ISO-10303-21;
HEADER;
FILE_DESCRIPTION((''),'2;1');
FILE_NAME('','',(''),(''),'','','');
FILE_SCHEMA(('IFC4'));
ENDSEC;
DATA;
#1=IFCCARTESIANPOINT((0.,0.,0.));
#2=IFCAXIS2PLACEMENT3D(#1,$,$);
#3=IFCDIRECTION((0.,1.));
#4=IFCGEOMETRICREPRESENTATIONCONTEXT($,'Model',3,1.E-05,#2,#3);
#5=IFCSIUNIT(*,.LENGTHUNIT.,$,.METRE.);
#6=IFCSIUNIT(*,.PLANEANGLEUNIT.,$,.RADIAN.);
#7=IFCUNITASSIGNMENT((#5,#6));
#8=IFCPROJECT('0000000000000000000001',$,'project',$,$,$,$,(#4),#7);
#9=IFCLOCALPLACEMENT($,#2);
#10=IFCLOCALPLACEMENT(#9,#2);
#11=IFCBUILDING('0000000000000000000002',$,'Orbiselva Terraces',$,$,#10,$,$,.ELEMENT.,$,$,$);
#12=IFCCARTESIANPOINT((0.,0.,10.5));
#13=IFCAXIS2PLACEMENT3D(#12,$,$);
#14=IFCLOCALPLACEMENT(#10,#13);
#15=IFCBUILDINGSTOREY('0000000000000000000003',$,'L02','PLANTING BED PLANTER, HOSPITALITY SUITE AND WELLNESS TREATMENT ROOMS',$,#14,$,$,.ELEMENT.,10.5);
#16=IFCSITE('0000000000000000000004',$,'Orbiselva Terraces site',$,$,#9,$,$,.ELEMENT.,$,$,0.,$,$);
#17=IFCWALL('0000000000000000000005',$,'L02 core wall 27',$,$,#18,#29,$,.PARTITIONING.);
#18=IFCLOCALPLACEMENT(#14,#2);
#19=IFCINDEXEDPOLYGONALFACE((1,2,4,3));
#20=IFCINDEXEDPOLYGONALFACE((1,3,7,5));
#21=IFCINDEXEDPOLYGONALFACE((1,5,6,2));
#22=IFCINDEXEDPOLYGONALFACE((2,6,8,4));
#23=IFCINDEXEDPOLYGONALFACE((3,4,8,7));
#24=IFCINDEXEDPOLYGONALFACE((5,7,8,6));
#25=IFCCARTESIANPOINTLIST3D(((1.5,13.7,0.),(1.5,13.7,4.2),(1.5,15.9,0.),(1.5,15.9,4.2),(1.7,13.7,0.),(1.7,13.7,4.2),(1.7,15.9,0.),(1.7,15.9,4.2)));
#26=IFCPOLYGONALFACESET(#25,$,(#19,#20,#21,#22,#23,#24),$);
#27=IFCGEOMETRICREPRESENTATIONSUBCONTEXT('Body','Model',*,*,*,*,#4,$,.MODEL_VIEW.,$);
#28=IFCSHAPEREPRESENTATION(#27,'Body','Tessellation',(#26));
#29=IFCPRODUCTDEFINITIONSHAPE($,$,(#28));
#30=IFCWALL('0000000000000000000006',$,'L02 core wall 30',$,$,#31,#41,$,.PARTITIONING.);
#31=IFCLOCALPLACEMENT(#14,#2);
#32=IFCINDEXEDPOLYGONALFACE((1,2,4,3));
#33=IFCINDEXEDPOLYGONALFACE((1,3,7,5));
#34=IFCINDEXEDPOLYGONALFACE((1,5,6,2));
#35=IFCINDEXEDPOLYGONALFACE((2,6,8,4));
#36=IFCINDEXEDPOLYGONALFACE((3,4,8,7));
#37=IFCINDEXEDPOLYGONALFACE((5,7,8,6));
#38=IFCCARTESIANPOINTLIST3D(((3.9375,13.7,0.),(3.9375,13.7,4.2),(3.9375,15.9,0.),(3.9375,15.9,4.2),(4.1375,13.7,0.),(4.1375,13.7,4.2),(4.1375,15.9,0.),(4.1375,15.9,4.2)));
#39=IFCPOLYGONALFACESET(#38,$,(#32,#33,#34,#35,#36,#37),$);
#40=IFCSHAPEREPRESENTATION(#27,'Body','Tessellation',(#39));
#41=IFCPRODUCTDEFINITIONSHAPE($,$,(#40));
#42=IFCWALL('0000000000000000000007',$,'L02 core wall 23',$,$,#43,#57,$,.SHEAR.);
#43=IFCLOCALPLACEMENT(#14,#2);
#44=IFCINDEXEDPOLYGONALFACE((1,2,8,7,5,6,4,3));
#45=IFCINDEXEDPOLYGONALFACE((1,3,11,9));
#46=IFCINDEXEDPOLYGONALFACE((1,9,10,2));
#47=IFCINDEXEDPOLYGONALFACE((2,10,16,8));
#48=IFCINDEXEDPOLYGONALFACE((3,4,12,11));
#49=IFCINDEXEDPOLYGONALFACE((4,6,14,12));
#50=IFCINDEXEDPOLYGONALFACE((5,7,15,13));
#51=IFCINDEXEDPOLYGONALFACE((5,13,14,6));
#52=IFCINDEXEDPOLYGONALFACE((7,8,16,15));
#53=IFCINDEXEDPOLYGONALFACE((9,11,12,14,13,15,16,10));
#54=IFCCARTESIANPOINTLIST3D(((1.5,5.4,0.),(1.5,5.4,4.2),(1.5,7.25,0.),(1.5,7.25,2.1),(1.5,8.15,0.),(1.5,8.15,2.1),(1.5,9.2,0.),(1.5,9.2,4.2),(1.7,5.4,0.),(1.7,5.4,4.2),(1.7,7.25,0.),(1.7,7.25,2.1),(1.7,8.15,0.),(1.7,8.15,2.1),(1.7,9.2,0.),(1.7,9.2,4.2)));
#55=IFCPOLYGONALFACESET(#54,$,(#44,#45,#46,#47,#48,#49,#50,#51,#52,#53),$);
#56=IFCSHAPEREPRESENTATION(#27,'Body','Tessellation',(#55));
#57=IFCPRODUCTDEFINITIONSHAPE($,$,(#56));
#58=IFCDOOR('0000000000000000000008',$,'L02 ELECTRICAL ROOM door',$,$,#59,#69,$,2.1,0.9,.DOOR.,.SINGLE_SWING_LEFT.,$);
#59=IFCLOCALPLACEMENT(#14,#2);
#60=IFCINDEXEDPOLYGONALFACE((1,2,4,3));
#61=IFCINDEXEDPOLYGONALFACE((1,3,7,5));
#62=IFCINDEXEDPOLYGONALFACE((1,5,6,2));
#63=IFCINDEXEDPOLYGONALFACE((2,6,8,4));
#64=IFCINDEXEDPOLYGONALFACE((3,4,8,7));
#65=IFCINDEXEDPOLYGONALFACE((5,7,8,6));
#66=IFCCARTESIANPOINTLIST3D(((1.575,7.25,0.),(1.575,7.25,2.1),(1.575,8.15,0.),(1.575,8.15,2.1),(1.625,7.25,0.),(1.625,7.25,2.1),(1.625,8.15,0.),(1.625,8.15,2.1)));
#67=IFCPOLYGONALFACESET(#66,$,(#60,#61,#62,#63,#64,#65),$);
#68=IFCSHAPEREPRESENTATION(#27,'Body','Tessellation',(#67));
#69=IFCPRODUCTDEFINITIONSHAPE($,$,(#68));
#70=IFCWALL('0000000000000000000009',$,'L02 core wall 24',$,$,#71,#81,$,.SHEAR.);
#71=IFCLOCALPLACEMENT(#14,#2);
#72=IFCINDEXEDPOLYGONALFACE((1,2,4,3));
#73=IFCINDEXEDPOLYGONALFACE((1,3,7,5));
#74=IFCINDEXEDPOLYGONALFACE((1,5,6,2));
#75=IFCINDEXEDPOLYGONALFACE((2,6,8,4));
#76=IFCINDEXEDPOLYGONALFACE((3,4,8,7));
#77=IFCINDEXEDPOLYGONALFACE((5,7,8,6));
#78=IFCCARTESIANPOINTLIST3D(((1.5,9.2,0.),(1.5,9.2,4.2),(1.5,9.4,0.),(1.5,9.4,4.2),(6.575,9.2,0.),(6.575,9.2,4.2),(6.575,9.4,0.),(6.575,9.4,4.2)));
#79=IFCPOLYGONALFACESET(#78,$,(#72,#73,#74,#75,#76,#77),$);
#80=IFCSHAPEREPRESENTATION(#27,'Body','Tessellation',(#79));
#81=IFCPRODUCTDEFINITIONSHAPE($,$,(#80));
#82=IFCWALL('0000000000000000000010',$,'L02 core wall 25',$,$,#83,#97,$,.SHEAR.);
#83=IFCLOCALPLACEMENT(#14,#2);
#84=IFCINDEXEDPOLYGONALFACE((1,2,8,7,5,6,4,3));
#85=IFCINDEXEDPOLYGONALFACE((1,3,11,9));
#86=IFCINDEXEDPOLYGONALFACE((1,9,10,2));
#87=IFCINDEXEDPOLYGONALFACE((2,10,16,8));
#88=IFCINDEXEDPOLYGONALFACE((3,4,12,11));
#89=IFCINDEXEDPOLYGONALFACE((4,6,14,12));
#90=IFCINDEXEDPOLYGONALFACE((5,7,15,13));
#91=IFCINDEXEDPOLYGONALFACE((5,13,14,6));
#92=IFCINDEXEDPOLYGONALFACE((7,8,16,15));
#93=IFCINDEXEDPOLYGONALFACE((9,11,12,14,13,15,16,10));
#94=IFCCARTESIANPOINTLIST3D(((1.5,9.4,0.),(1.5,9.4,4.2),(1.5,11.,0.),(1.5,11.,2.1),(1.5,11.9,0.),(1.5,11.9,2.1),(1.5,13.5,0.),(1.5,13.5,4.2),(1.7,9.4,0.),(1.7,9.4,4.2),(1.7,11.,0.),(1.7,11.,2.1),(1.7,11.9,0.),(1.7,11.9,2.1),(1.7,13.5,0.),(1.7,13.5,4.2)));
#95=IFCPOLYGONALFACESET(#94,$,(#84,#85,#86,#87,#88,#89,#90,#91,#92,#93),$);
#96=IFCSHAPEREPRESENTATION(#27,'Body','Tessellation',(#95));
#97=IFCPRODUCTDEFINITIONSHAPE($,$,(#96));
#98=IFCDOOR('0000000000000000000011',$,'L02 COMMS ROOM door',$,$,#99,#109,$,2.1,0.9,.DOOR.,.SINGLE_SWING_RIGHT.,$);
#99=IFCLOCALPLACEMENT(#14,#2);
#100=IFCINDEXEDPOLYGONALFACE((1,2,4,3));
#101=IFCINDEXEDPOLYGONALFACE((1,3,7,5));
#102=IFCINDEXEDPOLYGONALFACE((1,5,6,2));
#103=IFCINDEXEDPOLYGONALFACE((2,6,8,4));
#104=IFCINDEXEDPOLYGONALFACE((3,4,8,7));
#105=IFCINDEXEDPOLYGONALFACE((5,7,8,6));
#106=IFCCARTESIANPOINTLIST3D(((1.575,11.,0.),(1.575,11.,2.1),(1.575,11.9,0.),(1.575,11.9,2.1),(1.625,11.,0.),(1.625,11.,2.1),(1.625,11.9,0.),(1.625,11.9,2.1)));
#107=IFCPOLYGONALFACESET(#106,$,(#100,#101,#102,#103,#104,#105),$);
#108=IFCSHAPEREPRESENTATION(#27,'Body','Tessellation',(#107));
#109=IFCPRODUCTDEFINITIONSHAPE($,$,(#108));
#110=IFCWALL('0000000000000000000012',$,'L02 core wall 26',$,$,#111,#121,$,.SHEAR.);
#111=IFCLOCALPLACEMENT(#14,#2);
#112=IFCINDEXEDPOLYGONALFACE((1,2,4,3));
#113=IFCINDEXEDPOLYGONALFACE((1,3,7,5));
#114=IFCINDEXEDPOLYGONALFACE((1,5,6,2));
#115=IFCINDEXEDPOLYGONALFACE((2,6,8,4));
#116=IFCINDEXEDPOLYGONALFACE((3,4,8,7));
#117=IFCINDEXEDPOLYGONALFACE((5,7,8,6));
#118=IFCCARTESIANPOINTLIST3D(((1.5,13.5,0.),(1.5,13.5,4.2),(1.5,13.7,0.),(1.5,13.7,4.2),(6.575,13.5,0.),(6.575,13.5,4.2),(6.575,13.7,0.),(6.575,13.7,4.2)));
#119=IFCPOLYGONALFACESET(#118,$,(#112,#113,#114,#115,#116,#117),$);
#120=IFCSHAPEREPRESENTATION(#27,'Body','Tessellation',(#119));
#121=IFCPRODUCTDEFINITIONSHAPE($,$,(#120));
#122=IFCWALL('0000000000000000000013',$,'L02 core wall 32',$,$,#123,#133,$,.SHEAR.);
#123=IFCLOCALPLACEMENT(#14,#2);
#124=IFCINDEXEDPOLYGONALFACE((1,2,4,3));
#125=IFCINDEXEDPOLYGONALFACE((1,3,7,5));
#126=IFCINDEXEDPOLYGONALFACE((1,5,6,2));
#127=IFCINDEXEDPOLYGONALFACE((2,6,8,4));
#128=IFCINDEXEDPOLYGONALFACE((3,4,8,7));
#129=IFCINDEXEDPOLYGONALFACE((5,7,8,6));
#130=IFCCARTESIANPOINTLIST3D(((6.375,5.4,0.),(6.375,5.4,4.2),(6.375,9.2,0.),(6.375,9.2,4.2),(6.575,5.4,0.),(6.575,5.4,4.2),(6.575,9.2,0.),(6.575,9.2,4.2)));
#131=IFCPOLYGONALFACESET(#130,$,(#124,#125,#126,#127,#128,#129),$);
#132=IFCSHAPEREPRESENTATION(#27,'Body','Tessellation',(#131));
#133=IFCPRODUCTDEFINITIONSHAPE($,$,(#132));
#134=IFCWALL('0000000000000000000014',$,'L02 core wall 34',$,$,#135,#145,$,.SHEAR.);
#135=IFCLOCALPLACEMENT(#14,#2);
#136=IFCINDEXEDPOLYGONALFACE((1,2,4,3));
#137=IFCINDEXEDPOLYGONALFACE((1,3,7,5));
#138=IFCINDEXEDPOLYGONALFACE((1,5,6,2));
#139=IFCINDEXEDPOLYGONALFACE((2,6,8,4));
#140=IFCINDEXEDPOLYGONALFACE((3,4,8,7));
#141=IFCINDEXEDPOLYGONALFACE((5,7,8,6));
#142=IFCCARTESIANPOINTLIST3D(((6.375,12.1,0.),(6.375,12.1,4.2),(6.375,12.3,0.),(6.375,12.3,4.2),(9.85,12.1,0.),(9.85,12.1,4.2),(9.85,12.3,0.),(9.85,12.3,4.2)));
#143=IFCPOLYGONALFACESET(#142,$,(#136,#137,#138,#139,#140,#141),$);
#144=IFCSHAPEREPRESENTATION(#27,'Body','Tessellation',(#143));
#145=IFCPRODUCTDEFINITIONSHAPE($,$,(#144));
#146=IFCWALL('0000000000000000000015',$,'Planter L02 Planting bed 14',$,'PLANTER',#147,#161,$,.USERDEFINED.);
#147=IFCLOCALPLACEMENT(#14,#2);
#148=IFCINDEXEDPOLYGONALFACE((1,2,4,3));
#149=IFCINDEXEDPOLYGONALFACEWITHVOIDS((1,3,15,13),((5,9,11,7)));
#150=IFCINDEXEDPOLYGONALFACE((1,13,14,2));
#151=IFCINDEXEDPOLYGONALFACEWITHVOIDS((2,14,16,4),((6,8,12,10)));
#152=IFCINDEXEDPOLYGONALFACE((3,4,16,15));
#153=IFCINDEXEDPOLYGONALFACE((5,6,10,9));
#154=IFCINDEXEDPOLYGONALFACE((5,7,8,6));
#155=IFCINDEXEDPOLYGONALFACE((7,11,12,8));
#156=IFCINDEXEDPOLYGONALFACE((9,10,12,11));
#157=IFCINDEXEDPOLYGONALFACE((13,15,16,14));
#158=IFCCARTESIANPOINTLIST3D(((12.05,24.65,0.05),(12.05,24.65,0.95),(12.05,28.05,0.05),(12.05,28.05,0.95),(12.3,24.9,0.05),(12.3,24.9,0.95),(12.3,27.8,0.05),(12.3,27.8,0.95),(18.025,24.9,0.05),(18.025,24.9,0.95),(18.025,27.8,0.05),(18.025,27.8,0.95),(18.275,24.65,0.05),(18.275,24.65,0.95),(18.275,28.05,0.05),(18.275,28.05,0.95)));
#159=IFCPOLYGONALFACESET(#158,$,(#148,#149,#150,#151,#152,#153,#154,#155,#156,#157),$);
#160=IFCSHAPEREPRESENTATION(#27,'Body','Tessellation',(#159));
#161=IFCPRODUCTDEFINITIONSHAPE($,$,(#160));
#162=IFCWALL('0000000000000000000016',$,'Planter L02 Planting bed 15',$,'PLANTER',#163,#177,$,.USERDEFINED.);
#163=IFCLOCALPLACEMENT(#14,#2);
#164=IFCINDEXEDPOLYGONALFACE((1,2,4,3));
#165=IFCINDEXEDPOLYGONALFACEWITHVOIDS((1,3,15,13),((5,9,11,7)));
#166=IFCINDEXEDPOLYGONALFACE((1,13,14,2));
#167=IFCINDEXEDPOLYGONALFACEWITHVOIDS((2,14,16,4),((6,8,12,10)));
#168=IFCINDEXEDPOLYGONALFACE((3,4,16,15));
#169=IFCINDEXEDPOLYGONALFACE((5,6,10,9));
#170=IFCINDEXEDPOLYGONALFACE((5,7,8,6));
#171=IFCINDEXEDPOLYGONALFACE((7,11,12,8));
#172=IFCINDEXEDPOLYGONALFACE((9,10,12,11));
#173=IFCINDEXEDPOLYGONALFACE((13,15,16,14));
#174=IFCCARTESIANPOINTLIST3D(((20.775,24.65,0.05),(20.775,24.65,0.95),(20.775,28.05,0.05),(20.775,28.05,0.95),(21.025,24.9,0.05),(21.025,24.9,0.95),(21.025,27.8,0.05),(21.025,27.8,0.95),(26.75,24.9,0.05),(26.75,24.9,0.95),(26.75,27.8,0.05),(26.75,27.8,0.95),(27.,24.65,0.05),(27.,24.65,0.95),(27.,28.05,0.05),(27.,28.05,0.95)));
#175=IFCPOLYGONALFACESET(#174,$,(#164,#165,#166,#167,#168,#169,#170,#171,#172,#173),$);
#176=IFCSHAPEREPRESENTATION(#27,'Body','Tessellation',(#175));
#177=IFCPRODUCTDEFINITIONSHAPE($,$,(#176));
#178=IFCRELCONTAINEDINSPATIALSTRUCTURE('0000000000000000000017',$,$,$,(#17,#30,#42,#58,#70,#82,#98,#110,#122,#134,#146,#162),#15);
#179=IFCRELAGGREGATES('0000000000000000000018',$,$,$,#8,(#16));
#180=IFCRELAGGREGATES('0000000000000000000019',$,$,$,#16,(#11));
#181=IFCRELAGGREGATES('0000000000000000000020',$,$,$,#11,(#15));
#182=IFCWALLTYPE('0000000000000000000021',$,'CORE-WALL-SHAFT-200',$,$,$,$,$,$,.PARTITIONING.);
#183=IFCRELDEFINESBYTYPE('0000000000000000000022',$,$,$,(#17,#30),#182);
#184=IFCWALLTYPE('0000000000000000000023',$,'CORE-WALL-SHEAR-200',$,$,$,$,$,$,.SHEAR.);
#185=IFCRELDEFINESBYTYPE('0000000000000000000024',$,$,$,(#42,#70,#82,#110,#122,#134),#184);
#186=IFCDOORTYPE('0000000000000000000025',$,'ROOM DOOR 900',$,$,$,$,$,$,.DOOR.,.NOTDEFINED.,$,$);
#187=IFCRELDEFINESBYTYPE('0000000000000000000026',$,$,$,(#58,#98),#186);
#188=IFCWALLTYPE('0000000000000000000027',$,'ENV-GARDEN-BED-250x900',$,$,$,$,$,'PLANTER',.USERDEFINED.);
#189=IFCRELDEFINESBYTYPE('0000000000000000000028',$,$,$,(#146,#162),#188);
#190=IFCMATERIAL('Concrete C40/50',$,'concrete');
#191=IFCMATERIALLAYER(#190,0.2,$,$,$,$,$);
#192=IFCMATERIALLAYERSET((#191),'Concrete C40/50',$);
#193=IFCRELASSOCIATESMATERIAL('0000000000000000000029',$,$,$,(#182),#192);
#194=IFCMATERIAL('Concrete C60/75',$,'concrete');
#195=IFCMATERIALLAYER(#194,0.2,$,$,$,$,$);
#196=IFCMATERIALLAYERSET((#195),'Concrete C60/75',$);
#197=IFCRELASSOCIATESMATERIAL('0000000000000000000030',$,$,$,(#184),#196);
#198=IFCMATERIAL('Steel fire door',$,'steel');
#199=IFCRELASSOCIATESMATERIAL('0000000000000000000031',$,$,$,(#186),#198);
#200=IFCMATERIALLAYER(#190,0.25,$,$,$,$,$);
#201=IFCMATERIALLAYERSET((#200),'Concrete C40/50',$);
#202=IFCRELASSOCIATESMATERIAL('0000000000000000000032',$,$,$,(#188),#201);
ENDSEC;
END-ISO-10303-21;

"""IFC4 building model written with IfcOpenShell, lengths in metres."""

from ifc_helpers import new_model, si_unit, direction, frame, frame_2d, origin, place, context, subcontext, project, spatial, polyline, rectangle, outline, extrude, material, layer, layer_set, type_object, element, fill, save


model = new_model("IFC4")

# Units and contexts
model_context = context("Model", 3, precision=1e-05, world=origin(), true_north=direction((0.0, 1.0)))
body_context = subcontext(model_context, "Body", "Model", "MODEL_VIEW")
ifc_project = project(units=[si_unit("LENGTHUNIT", "METRE"), si_unit("PLANEANGLEUNIT", "RADIAN")], contexts=[model_context])

# Site, building, storey
site_placement = place(None, origin())
site = spatial("IfcSite", under=ifc_project, at=site_placement, Name="Orbiselva Terraces site", CompositionType="ELEMENT", RefElevation=0.0)
building_placement = place(site_placement, origin())
building = spatial("IfcBuilding", under=site, at=building_placement, Name="Orbiselva Terraces", CompositionType="ELEMENT")
storey_placement = place(building_placement, frame((0.0, 0.0, 10.5)))
storey = spatial("IfcBuildingStorey", under=building, at=storey_placement, Name="L02", Description="PLANTING BED PLANTER, HOSPITALITY SUITE AND WELLNESS TREATMENT ROOMS", CompositionType="ELEMENT", Elevation=10.5)

# Walls
ifc_material_1 = material(Name="Concrete C40/50", Category="concrete")
ifc_layer_1 = layer(ifc_material_1, 0.2)
ifc_layer_set_1 = layer_set([ifc_layer_1], Name="Concrete C40/50")
wall_type_1 = type_object("IfcWallType", Name="CORE-WALL-SHAFT-200", PredefinedType="PARTITIONING", material=ifc_layer_set_1)
for number, where, z_axis, x_axis, name in (
    (1, (1.6, 13.7, 0.0), (0.0, 0.0, 1.0), (0.0, 1.0, 0.0), "L02 core wall 27"),
    (2, (4.0375, 13.7, 0.0), (0.0, 0.0, 1.0), (0.0, 1.0, 0.0), "L02 core wall 30"),
):
    element("IfcWall", number, at=place(storey_placement, frame(where, z_axis=z_axis, x_axis=x_axis)), inside=storey, type_object=wall_type_1, Name=name, PredefinedType="PARTITIONING", context=body_context, shape_type="SweptSolid", body=[
        extrude(rectangle(XDim=2.2, YDim=0.2, at=frame_2d((1.1, 0.0))), origin(), (0.0, 0.0, 1.0), 4.2),
    ])

# Wall, opening, door
ifc_material_2 = material(Name="Concrete C60/75", Category="concrete")
ifc_layer_2 = layer(ifc_material_2, 0.2)
ifc_layer_set_2 = layer_set([ifc_layer_2], Name="Concrete C60/75")
wall_type_2 = type_object("IfcWallType", Name="CORE-WALL-SHEAR-200", PredefinedType="SHEAR", material=ifc_layer_set_2)
wall_1_placement = place(storey_placement, frame((1.6, 9.2, 0.0), z_axis=(0.0, 0.0, 1.0), x_axis=(0.0, -1.0, 0.0)))
wall_1 = element("IfcWall", 3, at=wall_1_placement, inside=storey, type_object=wall_type_2, Name="L02 core wall 23", PredefinedType="SHEAR", context=body_context, shape_type="SweptSolid", body=[
    extrude(rectangle(XDim=3.8, YDim=0.2, at=frame_2d((1.9, 0.0))), origin(), (0.0, 0.0, 1.0), 4.2),
])
opening_1_placement = place(wall_1_placement, frame((1.05, 0.0, 0.0)))
opening_1 = element("IfcOpeningElement", 4, at=opening_1_placement, cuts=wall_1, PredefinedType="OPENING", context=body_context, shape_type="SweptSolid", body=[
    extrude(rectangle(XDim=0.9, YDim=2.1, at=frame_2d((0.45, 1.05))), frame((0.0, 0.11, 0.0), z_axis=(0.0, -1.0, 0.0), x_axis=(1.0, 0.0, 0.0)), (0.0, 0.0, 1.0), 0.22),
])
ifc_material_3 = material(Name="Steel fire door", Category="steel")
door_type = type_object("IfcDoorType", Name="ROOM DOOR 900", OperationType="NOTDEFINED", PredefinedType="DOOR", material=ifc_material_3)
door_1_placement = place(opening_1_placement, origin())
door_1 = element("IfcDoor", 5, at=door_1_placement, inside=storey, type_object=door_type, Name="L02 ELECTRICAL ROOM door", OperationType="SINGLE_SWING_LEFT", OverallHeight=2.1, OverallWidth=0.9, PredefinedType="DOOR", context=body_context, shape_type="SweptSolid", body=[
    extrude(rectangle(XDim=0.9, YDim=2.1, at=frame_2d((0.45, 1.05))), frame((0.0, 0.025, 0.0), z_axis=(0.0, -1.0, 0.0), x_axis=(1.0, 0.0, 0.0)), (0.0, 0.0, 1.0), 0.05),
])
fill(opening_1, door_1)

# Wall
wall_2_placement = place(storey_placement, frame((1.5, 9.3, 0.0), z_axis=(0.0, 0.0, 1.0), x_axis=(1.0, 0.0, 0.0)))
element("IfcWall", 6, at=wall_2_placement, inside=storey, type_object=wall_type_2, Name="L02 core wall 24", PredefinedType="SHEAR", context=body_context, shape_type="SweptSolid", body=[
    extrude(rectangle(XDim=5.075, YDim=0.2, at=frame_2d((2.5375, 0.0))), origin(), (0.0, 0.0, 1.0), 4.2),
])

# Wall, opening, door
wall_3_placement = place(storey_placement, frame((1.6, 13.5, 0.0), z_axis=(0.0, 0.0, 1.0), x_axis=(0.0, -1.0, 0.0)))
wall_3 = element("IfcWall", 7, at=wall_3_placement, inside=storey, type_object=wall_type_2, Name="L02 core wall 25", PredefinedType="SHEAR", context=body_context, shape_type="SweptSolid", body=[
    extrude(rectangle(XDim=4.1, YDim=0.2, at=frame_2d((2.05, 0.0))), origin(), (0.0, 0.0, 1.0), 4.2),
])
opening_2_placement = place(wall_3_placement, frame((1.6, 0.0, 0.0)))
opening_2 = element("IfcOpeningElement", 8, at=opening_2_placement, cuts=wall_3, PredefinedType="OPENING", context=body_context, shape_type="SweptSolid", body=[
    extrude(rectangle(XDim=0.9, YDim=2.1, at=frame_2d((0.45, 1.05))), frame((0.0, 0.11, 0.0), z_axis=(0.0, -1.0, 0.0), x_axis=(1.0, 0.0, 0.0)), (0.0, 0.0, 1.0), 0.22),
])
door_2_placement = place(opening_2_placement, origin())
door_2 = element("IfcDoor", 9, at=door_2_placement, inside=storey, type_object=door_type, Name="L02 COMMS ROOM door", OperationType="SINGLE_SWING_RIGHT", OverallHeight=2.1, OverallWidth=0.9, PredefinedType="DOOR", context=body_context, shape_type="SweptSolid", body=[
    extrude(rectangle(XDim=0.9, YDim=2.1, at=frame_2d((0.45, 1.05))), frame((0.0, 0.025, 0.0), z_axis=(0.0, -1.0, 0.0), x_axis=(1.0, 0.0, 0.0)), (0.0, 0.0, 1.0), 0.05),
])
fill(opening_2, door_2)

# Walls
wall_4_placement = place(storey_placement, frame((1.5, 13.6, 0.0), z_axis=(0.0, 0.0, 1.0), x_axis=(1.0, 0.0, 0.0)))
element("IfcWall", 10, at=wall_4_placement, inside=storey, type_object=wall_type_2, Name="L02 core wall 26", PredefinedType="SHEAR", context=body_context, shape_type="SweptSolid", body=[
    extrude(rectangle(XDim=5.075, YDim=0.2, at=frame_2d((2.5375, 0.0))), origin(), (0.0, 0.0, 1.0), 4.2),
])
wall_5_placement = place(storey_placement, frame((6.475, 5.4, 0.0), z_axis=(0.0, 0.0, 1.0), x_axis=(0.0, 1.0, 0.0)))
element("IfcWall", 11, at=wall_5_placement, inside=storey, type_object=wall_type_2, Name="L02 core wall 32", PredefinedType="SHEAR", context=body_context, shape_type="SweptSolid", body=[
    extrude(rectangle(XDim=3.8, YDim=0.2, at=frame_2d((1.9, 0.0))), origin(), (0.0, 0.0, 1.0), 4.2),
])
wall_6_placement = place(storey_placement, frame((6.375, 12.2, 0.0), z_axis=(0.0, 0.0, 1.0), x_axis=(1.0, 0.0, 0.0)))
element("IfcWall", 12, at=wall_6_placement, inside=storey, type_object=wall_type_2, Name="L02 core wall 34", PredefinedType="SHEAR", context=body_context, shape_type="SweptSolid", body=[
    extrude(rectangle(XDim=3.475, YDim=0.2, at=frame_2d((1.7375, 0.0))), origin(), (0.0, 0.0, 1.0), 4.2),
])
ifc_layer_3 = layer(ifc_material_1, 0.25)
ifc_layer_set_3 = layer_set([ifc_layer_3], Name="Concrete C40/50")
wall_type_3 = type_object("IfcWallType", Name="ENV-GARDEN-BED-250x900", ElementType="PLANTER", PredefinedType="USERDEFINED", material=ifc_layer_set_3)
wall_7_placement = place(storey_placement, frame((0.0, 0.0, 0.05)))
element("IfcWall", 13, at=wall_7_placement, inside=storey, type_object=wall_type_3, Name="Planter L02 Planting bed 14", ObjectType="PLANTER", PredefinedType="USERDEFINED", context=body_context, shape_type="SweptSolid", body=[
    extrude(outline(polyline([(12.05, 24.65), (18.275, 24.65), (18.275, 28.05), (12.05, 28.05), (12.05, 24.65)]), holes=[polyline([(12.3, 27.8), (18.025, 27.8), (18.025, 24.9), (12.3, 24.9), (12.3, 27.8)])]), origin(), (0.0, 0.0, 1.0), 0.9),
])
wall_8_placement = place(storey_placement, frame((0.0, 0.0, 0.05)))
element("IfcWall", 14, at=wall_8_placement, inside=storey, type_object=wall_type_3, Name="Planter L02 Planting bed 15", ObjectType="PLANTER", PredefinedType="USERDEFINED", context=body_context, shape_type="SweptSolid", body=[
    extrude(outline(polyline([(20.775, 24.65), (27.0, 24.65), (27.0, 28.05), (20.775, 28.05), (20.775, 24.65)]), holes=[polyline([(21.025, 27.8), (26.75, 27.8), (26.75, 24.9), (21.025, 24.9), (21.025, 27.8)])]), origin(), (0.0, 0.0, 1.0), 0.9),
])

save(model, "model.ifc")
